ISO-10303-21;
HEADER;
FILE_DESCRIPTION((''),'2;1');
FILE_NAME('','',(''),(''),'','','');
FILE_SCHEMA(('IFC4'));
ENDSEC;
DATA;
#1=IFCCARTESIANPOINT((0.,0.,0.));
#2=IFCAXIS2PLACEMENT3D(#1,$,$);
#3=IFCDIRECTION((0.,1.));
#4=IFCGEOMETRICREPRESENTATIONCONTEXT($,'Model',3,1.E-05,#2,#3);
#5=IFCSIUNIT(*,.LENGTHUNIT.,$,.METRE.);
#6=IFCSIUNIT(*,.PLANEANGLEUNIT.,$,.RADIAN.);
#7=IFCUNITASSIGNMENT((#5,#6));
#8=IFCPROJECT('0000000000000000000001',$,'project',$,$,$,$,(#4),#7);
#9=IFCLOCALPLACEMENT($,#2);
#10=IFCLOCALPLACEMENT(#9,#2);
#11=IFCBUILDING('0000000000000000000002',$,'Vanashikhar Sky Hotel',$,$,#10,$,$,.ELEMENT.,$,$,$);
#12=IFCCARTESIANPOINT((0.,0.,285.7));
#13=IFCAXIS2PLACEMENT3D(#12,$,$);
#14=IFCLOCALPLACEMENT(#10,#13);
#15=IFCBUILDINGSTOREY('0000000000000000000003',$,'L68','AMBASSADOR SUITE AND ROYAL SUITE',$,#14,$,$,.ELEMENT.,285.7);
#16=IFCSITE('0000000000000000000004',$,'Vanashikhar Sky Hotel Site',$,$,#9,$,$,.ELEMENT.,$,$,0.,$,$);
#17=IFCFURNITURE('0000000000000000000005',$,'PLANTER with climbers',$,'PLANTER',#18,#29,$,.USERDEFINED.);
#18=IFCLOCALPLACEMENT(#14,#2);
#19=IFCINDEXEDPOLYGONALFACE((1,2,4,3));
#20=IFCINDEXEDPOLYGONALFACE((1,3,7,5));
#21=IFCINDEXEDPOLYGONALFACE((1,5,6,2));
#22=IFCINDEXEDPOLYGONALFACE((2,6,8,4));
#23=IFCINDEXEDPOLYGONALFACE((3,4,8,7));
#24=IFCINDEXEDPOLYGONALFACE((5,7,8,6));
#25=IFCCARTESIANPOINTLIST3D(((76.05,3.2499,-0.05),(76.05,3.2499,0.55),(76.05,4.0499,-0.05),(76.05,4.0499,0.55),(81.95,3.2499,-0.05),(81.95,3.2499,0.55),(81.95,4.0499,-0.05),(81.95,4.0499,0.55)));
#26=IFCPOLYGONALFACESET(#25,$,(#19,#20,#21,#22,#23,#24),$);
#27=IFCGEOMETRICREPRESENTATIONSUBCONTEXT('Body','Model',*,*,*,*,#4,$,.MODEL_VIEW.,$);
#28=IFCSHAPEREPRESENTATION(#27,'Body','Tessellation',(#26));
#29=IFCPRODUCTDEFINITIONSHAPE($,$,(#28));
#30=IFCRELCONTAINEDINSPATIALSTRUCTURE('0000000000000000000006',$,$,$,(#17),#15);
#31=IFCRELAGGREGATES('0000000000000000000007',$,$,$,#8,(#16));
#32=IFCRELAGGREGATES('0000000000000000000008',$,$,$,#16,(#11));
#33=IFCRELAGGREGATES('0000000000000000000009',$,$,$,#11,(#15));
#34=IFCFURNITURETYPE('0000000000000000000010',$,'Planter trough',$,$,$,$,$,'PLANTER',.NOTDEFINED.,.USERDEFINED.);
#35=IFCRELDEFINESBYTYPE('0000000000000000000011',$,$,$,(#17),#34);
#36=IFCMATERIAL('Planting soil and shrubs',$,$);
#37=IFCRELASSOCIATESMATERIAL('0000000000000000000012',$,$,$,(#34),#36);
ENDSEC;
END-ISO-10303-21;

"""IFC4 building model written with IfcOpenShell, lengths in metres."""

from ifc_helpers import new_model, si_unit, direction, frame, origin, origin_2d, place, context, subcontext, project, spatial, rectangle, extrude, source, transform, mapped, material, type_object, element, save


model = new_model("IFC4")

# Units and contexts
model_context = context("Model", 3, precision=1e-05, world=origin(), true_north=direction((0.0, 1.0)))
body_context = subcontext(model_context, "Body", "Model", "MODEL_VIEW")
ifc_project = project(units=[si_unit("LENGTHUNIT", "METRE"), si_unit("PLANEANGLEUNIT", "RADIAN")], contexts=[model_context])

# Site, building, storey
site_placement = place(None, origin())
site = spatial("IfcSite", under=ifc_project, at=site_placement, Name="Vanashikhar Sky Hotel Site", CompositionType="ELEMENT", RefElevation=0.0)
building_placement = place(site_placement, origin())
building = spatial("IfcBuilding", under=site, at=building_placement, Name="Vanashikhar Sky Hotel", CompositionType="ELEMENT")
storey_placement = place(building_placement, frame((0.0, 0.0, 285.7)))
storey = spatial("IfcBuildingStorey", under=building, at=storey_placement, Name="L68", Description="AMBASSADOR SUITE AND ROYAL SUITE", CompositionType="ELEMENT", Elevation=285.7)

# Furniture
ifc_material_1 = material(Name="Planting soil and shrubs")
furniture_type = type_object("IfcFurnitureType", Name="Planter trough", ElementType="PLANTER", AssemblyPlace="NOTDEFINED", PredefinedType="USERDEFINED", material=ifc_material_1)
shared_shape_1 = source(origin(), body_context, "Body", "SweptSolid", [
    extrude(rectangle(XDim=5.8999, YDim=0.8, at=origin_2d()), origin(), (0.0, 0.0, 1.0), 0.6001),
])
furniture_placement = place(storey_placement, frame((79.0, 3.6499, -0.05), z_axis=(0.0, 0.0, 1.0), x_axis=(1.0, 0.0, 0.0)))
element("IfcFurniture", 1, at=furniture_placement, inside=storey, type_object=furniture_type, Name="PLANTER with climbers", ObjectType="PLANTER", PredefinedType="USERDEFINED", context=body_context, shape_type="MappedRepresentation", body=[
    mapped(shared_shape_1, transform((0.0, 0.0, 0.0), scale=1.0)),
])

save(model, "model.ifc")
